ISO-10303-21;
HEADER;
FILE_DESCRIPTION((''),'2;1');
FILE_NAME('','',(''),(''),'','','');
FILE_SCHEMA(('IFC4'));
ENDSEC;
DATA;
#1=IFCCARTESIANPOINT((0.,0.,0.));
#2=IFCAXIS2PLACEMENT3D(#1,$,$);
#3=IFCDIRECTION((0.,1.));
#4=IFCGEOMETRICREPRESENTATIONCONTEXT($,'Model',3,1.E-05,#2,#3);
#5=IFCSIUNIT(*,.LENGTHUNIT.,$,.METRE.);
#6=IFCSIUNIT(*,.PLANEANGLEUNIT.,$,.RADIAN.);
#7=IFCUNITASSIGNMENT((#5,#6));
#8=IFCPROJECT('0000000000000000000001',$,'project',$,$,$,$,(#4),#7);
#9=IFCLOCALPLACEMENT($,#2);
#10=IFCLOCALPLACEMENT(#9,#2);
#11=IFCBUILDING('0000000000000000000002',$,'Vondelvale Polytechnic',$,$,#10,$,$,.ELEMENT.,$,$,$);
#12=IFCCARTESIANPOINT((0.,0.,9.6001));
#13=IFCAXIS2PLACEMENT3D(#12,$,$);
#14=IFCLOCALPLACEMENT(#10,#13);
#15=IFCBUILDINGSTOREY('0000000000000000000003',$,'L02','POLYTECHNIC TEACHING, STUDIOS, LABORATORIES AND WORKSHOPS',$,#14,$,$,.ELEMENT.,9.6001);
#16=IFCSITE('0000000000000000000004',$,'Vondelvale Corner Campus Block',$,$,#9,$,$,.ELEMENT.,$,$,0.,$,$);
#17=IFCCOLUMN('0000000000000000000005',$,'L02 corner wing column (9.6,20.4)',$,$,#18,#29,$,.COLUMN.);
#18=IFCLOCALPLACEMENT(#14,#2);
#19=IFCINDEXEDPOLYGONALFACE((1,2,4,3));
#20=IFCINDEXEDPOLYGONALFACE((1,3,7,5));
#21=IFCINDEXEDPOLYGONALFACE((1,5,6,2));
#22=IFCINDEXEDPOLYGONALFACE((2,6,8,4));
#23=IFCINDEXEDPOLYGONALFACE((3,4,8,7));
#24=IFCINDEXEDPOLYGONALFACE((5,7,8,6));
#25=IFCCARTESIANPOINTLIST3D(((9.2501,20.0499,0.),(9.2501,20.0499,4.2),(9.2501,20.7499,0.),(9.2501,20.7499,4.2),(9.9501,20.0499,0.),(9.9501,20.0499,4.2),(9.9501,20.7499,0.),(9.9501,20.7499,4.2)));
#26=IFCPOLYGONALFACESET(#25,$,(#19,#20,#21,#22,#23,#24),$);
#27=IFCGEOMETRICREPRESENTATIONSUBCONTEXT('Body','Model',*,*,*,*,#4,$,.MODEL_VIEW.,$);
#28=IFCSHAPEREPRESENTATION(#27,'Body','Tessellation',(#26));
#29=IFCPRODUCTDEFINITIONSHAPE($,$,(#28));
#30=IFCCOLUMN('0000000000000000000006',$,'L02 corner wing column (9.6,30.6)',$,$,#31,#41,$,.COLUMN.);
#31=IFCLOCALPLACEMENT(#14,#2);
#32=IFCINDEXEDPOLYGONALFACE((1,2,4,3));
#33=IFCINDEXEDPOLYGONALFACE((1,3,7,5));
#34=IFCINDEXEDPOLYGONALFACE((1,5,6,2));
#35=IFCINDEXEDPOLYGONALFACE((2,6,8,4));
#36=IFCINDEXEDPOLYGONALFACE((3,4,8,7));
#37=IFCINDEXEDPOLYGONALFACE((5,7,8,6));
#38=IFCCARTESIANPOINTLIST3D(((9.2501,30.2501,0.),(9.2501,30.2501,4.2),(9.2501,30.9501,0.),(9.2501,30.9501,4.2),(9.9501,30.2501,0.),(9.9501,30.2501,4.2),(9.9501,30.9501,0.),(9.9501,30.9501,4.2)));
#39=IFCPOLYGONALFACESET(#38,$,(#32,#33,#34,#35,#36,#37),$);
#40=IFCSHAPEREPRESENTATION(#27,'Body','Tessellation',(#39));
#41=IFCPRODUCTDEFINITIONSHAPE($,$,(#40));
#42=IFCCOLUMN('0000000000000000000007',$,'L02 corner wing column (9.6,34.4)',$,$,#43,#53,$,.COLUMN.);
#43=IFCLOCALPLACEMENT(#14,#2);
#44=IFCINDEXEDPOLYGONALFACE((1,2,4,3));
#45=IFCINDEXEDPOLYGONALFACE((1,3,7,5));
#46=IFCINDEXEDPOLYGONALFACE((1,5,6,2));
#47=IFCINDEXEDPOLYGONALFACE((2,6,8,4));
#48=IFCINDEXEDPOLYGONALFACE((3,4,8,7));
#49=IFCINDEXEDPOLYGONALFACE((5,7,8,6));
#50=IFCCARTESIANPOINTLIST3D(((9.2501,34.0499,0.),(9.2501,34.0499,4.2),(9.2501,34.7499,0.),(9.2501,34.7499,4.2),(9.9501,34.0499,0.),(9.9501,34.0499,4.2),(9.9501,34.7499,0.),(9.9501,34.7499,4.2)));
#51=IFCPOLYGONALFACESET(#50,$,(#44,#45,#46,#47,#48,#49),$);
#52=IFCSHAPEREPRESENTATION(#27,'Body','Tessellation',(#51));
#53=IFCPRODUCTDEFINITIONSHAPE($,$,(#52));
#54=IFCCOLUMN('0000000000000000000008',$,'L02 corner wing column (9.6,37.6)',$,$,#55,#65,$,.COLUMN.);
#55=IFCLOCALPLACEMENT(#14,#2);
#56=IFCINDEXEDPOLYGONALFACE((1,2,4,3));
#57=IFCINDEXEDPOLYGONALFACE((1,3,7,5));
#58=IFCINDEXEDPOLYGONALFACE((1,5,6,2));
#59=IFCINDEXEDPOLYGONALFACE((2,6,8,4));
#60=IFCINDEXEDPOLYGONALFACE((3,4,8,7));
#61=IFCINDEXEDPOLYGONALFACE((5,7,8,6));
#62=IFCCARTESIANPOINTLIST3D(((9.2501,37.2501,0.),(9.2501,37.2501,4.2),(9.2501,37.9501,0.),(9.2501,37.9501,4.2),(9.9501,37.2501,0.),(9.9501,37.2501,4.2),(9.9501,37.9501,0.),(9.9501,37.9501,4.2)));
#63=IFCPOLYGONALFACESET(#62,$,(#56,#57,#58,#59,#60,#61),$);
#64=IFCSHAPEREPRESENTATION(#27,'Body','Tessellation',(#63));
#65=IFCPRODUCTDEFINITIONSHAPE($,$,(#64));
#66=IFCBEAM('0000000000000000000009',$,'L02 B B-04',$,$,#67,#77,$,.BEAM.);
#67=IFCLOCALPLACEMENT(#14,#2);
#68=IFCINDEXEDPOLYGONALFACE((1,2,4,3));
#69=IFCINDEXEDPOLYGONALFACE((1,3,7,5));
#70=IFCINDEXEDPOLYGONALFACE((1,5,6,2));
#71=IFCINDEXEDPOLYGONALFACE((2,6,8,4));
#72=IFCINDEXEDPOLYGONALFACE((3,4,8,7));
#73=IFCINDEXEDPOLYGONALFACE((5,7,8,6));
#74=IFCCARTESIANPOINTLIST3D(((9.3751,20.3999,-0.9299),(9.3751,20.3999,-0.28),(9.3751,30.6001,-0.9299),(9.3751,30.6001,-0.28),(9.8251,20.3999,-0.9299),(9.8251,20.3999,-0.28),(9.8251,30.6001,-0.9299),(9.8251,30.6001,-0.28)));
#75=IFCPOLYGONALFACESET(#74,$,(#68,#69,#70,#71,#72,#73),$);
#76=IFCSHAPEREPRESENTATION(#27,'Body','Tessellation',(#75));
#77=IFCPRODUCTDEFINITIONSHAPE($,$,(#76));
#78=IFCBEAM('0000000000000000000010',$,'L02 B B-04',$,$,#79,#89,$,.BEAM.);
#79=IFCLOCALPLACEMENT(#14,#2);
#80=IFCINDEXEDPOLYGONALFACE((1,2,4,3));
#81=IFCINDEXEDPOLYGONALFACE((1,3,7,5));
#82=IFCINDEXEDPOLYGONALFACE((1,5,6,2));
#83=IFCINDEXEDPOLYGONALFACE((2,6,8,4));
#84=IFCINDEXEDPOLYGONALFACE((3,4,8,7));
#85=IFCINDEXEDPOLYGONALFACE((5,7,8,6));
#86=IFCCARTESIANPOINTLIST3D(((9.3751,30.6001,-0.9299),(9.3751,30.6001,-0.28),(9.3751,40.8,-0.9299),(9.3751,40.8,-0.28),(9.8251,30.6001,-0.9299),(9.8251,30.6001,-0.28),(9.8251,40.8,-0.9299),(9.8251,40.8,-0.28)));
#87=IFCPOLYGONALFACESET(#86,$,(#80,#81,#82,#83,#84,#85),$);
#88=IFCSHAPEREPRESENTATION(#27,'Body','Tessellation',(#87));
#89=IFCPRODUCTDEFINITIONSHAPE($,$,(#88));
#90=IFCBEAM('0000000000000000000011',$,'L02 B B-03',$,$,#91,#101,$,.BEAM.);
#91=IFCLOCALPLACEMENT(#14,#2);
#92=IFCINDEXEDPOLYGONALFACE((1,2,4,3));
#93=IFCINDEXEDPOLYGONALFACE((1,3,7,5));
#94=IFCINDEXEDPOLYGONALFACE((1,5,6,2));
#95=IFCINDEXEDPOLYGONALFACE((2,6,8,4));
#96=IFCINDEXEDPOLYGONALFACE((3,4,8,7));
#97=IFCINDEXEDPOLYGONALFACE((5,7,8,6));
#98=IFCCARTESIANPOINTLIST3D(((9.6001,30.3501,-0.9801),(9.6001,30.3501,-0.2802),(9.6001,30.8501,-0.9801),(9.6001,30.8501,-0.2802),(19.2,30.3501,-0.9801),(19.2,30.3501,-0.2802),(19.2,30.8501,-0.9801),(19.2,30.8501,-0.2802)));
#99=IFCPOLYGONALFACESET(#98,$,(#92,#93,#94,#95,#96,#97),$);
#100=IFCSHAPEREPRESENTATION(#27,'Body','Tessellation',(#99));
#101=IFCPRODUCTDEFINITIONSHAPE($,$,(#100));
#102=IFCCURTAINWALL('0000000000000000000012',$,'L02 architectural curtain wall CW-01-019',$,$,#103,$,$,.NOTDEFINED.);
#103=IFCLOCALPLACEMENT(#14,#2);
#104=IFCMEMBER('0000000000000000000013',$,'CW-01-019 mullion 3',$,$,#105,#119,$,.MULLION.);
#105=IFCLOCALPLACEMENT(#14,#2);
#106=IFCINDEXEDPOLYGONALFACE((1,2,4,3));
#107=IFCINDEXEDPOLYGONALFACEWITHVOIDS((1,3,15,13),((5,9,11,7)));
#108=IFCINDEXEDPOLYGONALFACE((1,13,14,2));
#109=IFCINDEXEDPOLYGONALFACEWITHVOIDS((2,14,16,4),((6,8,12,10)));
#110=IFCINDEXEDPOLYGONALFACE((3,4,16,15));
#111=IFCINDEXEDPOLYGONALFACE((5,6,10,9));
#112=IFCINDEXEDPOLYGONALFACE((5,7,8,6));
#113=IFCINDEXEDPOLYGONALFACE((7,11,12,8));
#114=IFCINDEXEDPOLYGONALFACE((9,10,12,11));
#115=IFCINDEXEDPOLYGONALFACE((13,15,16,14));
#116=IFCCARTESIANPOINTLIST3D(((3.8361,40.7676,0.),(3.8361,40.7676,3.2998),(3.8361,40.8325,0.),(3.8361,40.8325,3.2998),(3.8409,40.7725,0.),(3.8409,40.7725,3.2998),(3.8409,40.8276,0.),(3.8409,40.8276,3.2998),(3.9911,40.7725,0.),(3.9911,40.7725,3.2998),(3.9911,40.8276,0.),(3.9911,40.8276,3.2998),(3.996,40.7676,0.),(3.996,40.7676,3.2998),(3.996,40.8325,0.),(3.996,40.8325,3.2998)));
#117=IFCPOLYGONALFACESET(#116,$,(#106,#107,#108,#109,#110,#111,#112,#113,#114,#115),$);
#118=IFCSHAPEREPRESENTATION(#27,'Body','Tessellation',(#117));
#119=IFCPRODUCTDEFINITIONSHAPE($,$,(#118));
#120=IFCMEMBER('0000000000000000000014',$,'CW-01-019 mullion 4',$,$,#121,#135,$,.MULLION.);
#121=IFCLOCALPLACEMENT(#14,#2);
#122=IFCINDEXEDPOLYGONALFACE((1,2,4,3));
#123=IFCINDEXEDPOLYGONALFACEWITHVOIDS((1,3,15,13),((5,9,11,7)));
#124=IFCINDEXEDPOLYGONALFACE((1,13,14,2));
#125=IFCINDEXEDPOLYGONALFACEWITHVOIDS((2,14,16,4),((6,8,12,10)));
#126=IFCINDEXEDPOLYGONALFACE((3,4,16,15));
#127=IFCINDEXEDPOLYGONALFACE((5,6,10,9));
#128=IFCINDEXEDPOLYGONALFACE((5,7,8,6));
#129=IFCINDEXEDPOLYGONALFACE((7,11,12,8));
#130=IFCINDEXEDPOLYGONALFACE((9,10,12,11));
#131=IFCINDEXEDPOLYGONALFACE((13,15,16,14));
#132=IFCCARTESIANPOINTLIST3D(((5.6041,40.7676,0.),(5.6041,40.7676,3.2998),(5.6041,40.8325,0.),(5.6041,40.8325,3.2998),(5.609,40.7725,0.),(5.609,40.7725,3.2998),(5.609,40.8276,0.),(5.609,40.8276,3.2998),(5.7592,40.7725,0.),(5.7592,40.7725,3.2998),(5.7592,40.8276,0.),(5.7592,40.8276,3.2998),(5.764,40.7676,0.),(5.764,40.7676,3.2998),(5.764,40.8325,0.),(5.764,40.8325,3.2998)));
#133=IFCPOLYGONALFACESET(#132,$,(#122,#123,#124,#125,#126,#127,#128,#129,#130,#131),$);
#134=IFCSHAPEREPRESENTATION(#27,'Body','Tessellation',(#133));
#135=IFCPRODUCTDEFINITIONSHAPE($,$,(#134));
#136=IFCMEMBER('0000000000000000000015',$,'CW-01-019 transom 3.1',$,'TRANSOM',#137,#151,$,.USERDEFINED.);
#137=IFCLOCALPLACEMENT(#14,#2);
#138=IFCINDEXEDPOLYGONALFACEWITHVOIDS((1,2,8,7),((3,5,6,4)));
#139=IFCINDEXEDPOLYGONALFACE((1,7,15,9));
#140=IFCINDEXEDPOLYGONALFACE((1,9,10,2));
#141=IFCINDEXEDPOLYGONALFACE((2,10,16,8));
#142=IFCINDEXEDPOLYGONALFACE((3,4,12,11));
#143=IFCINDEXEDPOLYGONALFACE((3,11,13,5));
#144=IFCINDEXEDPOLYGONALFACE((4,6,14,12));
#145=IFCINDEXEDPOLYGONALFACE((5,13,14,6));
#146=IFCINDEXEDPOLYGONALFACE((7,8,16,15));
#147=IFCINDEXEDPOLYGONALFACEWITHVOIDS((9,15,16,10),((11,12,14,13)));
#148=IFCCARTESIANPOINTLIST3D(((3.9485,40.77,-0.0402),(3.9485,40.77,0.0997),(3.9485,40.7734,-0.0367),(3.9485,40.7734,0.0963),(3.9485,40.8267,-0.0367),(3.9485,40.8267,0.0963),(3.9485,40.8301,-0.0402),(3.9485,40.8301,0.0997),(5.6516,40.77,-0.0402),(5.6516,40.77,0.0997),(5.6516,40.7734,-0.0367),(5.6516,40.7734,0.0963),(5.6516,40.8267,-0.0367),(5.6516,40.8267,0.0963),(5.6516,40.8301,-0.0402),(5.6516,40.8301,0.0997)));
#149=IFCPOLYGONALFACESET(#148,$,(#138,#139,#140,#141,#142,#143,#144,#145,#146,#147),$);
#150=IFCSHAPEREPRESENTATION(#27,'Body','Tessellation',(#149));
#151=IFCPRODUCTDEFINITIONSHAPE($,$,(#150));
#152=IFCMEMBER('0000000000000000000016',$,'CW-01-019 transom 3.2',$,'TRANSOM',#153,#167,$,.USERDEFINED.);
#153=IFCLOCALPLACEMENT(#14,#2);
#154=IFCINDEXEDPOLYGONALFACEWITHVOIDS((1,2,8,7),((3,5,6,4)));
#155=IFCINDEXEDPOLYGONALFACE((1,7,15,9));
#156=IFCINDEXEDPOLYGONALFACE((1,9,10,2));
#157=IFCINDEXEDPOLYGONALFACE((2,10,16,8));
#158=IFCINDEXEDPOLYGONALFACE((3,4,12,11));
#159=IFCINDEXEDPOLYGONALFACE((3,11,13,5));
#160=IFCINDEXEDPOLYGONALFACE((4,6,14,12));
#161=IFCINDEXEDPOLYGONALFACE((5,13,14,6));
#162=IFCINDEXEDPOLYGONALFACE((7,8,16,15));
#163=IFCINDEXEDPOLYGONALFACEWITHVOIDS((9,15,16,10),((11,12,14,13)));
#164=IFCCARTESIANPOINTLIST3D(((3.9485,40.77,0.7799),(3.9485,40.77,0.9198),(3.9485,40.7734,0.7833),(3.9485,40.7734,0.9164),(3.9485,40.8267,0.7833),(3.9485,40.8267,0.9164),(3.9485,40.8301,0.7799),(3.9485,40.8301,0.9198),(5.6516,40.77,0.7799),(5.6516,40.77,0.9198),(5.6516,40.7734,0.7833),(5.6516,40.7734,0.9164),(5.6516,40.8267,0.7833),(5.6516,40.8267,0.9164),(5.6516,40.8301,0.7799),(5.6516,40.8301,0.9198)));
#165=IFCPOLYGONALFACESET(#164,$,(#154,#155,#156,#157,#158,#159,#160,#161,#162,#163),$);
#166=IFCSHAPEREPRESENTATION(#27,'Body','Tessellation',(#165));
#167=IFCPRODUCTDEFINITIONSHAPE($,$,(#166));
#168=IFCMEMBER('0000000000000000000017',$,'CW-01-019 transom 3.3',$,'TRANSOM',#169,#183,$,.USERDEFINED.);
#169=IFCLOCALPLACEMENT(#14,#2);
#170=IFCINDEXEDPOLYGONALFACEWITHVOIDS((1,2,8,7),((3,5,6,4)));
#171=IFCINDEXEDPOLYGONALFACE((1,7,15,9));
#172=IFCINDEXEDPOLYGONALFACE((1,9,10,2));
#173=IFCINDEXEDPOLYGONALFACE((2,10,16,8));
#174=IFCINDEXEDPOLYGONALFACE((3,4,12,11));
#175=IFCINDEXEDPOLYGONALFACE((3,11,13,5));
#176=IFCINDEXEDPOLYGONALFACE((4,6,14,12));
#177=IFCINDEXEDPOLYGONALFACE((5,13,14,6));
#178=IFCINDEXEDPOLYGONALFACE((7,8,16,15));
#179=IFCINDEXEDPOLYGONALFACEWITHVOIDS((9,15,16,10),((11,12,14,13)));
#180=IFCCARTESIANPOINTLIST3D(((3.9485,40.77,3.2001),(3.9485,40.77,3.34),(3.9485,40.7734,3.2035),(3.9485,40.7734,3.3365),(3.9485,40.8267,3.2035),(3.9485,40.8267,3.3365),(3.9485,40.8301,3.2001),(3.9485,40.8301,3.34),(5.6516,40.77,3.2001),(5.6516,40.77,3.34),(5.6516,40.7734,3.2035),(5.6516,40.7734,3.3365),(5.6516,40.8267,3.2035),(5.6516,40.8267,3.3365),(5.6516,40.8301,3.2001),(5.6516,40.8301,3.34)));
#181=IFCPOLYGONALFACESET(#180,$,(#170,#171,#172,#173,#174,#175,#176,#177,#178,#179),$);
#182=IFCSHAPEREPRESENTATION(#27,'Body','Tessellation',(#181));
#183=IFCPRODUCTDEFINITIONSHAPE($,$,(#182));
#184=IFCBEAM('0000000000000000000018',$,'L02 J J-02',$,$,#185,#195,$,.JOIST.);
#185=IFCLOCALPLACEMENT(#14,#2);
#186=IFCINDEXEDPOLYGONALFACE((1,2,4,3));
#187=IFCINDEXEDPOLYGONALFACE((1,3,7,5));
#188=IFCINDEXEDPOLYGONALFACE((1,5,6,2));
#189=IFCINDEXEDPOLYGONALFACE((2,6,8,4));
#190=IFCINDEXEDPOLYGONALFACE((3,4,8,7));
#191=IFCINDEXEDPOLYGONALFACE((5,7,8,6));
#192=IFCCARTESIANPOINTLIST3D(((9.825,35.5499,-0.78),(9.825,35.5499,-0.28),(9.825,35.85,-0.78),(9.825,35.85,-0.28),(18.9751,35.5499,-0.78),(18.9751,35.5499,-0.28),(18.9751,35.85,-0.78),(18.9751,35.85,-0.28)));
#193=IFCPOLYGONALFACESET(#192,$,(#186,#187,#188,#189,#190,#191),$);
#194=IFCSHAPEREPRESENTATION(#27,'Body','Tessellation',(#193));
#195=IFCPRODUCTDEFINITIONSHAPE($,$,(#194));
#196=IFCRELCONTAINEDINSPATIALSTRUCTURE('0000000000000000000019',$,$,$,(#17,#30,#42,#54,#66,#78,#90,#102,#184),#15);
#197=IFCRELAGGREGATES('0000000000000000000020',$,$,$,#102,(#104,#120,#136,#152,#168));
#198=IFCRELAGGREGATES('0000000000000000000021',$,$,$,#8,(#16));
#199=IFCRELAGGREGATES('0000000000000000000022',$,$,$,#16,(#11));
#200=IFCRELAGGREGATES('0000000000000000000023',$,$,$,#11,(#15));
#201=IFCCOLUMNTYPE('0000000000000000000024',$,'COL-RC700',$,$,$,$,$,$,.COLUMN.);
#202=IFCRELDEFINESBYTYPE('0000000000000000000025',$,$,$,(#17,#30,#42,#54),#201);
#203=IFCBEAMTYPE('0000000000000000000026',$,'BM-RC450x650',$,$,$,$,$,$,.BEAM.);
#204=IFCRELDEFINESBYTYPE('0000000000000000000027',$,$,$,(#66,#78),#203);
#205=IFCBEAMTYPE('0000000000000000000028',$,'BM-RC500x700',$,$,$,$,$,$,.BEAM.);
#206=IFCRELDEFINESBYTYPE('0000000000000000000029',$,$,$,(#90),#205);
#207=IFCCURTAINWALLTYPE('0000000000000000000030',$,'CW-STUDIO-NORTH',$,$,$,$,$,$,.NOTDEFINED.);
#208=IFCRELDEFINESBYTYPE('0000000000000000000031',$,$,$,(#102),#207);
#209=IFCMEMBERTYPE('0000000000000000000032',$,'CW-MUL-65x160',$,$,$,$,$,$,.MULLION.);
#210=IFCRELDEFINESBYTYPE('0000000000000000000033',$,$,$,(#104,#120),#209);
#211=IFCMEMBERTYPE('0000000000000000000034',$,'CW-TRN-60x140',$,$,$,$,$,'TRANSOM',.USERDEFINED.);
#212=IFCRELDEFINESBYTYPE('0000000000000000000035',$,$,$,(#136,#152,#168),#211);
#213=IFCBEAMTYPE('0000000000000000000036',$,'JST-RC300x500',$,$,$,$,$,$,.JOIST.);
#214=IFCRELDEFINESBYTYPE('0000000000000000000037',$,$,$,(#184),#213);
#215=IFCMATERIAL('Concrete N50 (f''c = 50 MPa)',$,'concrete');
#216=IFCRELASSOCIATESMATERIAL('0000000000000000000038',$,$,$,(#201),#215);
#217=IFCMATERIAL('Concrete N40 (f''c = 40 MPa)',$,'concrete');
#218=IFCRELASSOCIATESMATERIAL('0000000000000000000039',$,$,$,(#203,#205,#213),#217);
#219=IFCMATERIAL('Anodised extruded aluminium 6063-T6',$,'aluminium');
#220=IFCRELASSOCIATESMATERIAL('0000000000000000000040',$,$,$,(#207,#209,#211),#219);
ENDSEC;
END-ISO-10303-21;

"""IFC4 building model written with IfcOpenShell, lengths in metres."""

from ifc_helpers import new_model, si_unit, direction, frame, origin, origin_2d, place, context, subcontext, project, spatial, rectangle, hollow_rectangle, extrude, material, material_profile, profile_set, type_object, element, aggregate, save


model = new_model("IFC4")

# Units and contexts
model_context = context("Model", 3, precision=1e-05, world=origin(), true_north=direction((0.0, 1.0)))
body_context = subcontext(model_context, "Body", "Model", "MODEL_VIEW")
ifc_project = project(units=[si_unit("LENGTHUNIT", "METRE"), si_unit("PLANEANGLEUNIT", "RADIAN")], contexts=[model_context])

# Site, building, storey
site_placement = place(None, origin())
site = spatial("IfcSite", under=ifc_project, at=site_placement, Name="Vondelvale Corner Campus Block", CompositionType="ELEMENT", RefElevation=0.0)
building_placement = place(site_placement, origin())
building = spatial("IfcBuilding", under=site, at=building_placement, Name="Vondelvale Polytechnic", CompositionType="ELEMENT")
storey_placement = place(building_placement, frame((0.0, 0.0, 9.6001)))
storey = spatial("IfcBuildingStorey", under=building, at=storey_placement, Name="L02", Description="POLYTECHNIC TEACHING, STUDIOS, LABORATORIES AND WORKSHOPS", CompositionType="ELEMENT", Elevation=9.6001)

# Columns
ifc_material_1 = material(Name="Concrete N50 (f'c = 50 MPa)", Category="concrete")
ifc_material_profile_1 = material_profile(ifc_material_1, rectangle(XDim=0.7, YDim=0.7, at=origin_2d()), Name="RC-COL-700x700")
ifc_profile_set_1 = profile_set([ifc_material_profile_1], Name="Concrete N50 (f'c = 50 MPa)")
column_type = type_object("IfcColumnType", Name="COL-RC700", PredefinedType="COLUMN", material=ifc_profile_set_1)
for number, where, z_axis, x_axis, name in (
    (1, (9.6001, 20.3999, 0.0), (0.0, 0.0, 1.0), (1.0, 0.0, 0.0), "L02 corner wing column (9.6,20.4)"),
    (2, (9.6001, 30.6001, 0.0), (0.0, 0.0, 1.0), (1.0, 0.0, 0.0), "L02 corner wing column (9.6,30.6)"),
    (3, (9.6001, 34.3999, 0.0), (0.0, 0.0, 1.0), (1.0, 0.0, 0.0), "L02 corner wing column (9.6,34.4)"),
    (4, (9.6001, 37.6001, 0.0), (0.0, 0.0, 1.0), (1.0, 0.0, 0.0), "L02 corner wing column (9.6,37.6)"),
):
    element("IfcColumn", number, at=place(storey_placement, frame(where, z_axis=z_axis, x_axis=x_axis)), inside=storey, type_object=column_type, Name=name, PredefinedType="COLUMN", context=body_context, shape_type="SweptSolid", body=[
        extrude(rectangle(XDim=0.7, YDim=0.7, at=origin_2d()), origin(), (0.0, 0.0, 1.0), 4.2),
    ])

# Beams
ifc_material_2 = material(Name="Concrete N40 (f'c = 40 MPa)", Category="concrete")
ifc_material_profile_2 = material_profile(ifc_material_2, rectangle(XDim=0.45, YDim=0.6499, at=origin_2d()), Name="RC-BM-450x650")
ifc_profile_set_2 = profile_set([ifc_material_profile_2], Name="Concrete N40 (f'c = 40 MPa)")
beam_type_1 = type_object("IfcBeamType", Name="BM-RC450x650", PredefinedType="BEAM", material=ifc_profile_set_2)
beam_1_placement = place(storey_placement, frame((9.6001, 20.3999, -0.605), z_axis=(0.0, 1.0, 0.0), x_axis=(-1.0, 0.0, 0.0)))
element("IfcBeam", 5, at=beam_1_placement, inside=storey, type_object=beam_type_1, Name="L02 B B-04", PredefinedType="BEAM", context=body_context, shape_type="SweptSolid", body=[
    extrude(rectangle(XDim=0.45, YDim=0.6499, at=origin_2d()), origin(), (0.0, 0.0, 1.0), 10.2002),
])
beam_2_placement = place(storey_placement, frame((9.6001, 30.6001, -0.605), z_axis=(0.0, 1.0, 0.0), x_axis=(-1.0, 0.0, 0.0)))
element("IfcBeam", 6, at=beam_2_placement, inside=storey, type_object=beam_type_1, Name="L02 B B-04", PredefinedType="BEAM", context=body_context, shape_type="SweptSolid", body=[
    extrude(rectangle(XDim=0.45, YDim=0.6499, at=origin_2d()), origin(), (0.0, 0.0, 1.0), 10.2),
])
ifc_material_profile_3 = material_profile(ifc_material_2, rectangle(XDim=0.5, YDim=0.7, at=origin_2d()), Name="RC-BM-500x700")
ifc_profile_set_3 = profile_set([ifc_material_profile_3], Name="Concrete N40 (f'c = 40 MPa)")
beam_type_2 = type_object("IfcBeamType", Name="BM-RC500x700", PredefinedType="BEAM", material=ifc_profile_set_3)
beam_3_placement = place(storey_placement, frame((9.6001, 30.6001, -0.6301), z_axis=(1.0, 0.0, 0.0), x_axis=(0.0, 1.0, 0.0)))
element("IfcBeam", 7, at=beam_3_placement, inside=storey, type_object=beam_type_2, Name="L02 B B-03", PredefinedType="BEAM", context=body_context, shape_type="SweptSolid", body=[
    extrude(rectangle(XDim=0.5, YDim=0.7, at=origin_2d()), origin(), (0.0, 0.0, 1.0), 9.5999),
])

# Curtain wall, members
ifc_material_3 = material(Name="Anodised extruded aluminium 6063-T6", Category="aluminium")
curtain_wall_type = type_object("IfcCurtainWallType", Name="CW-STUDIO-NORTH", PredefinedType="NOTDEFINED", material=ifc_material_3)
curtain_wall_placement = place(storey_placement, origin())
curtain_wall = element("IfcCurtainWall", 8, at=curtain_wall_placement, inside=storey, type_object=curtain_wall_type, Name="L02 architectural curtain wall CW-01-019", PredefinedType="NOTDEFINED")
ifc_material_profile_4 = material_profile(ifc_material_3, hollow_rectangle(XDim=0.0649, YDim=0.1599, WallThickness=0.0049, at=origin_2d()), Name="CW-MUL-160x65")
ifc_profile_set_4 = profile_set([ifc_material_profile_4], Name="Anodised extruded aluminium 6063-T6")
member_type_1 = type_object("IfcMemberType", Name="CW-MUL-65x160", PredefinedType="MULLION", material=ifc_profile_set_4)
member_1_placement = place(storey_placement, frame((3.916, 40.8, 0.0), z_axis=(0.0, 0.0, 1.0), x_axis=(0.0, 1.0, 0.0)))
member_1 = element("IfcMember", 9, at=member_1_placement, type_object=member_type_1, Name="CW-01-019 mullion 3", PredefinedType="MULLION", context=body_context, shape_type="SweptSolid", body=[
    extrude(hollow_rectangle(XDim=0.0649, YDim=0.1599, WallThickness=0.0049, at=origin_2d()), origin(), (0.0, 0.0, 1.0), 3.2998),
])
member_2_placement = place(storey_placement, frame((5.6841, 40.8, 0.0), z_axis=(0.0, 0.0, 1.0), x_axis=(0.0, 1.0, 0.0)))
member_2 = element("IfcMember", 10, at=member_2_placement, type_object=member_type_1, Name="CW-01-019 mullion 4", PredefinedType="MULLION", context=body_context, shape_type="SweptSolid", body=[
    extrude(hollow_rectangle(XDim=0.0649, YDim=0.1599, WallThickness=0.0049, at=origin_2d()), origin(), (0.0, 0.0, 1.0), 3.2998),
])
ifc_material_profile_5 = material_profile(ifc_material_3, hollow_rectangle(XDim=0.0601, YDim=0.1399, WallThickness=0.0034, at=origin_2d()), Name="CW-TRN-140x60")
ifc_profile_set_5 = profile_set([ifc_material_profile_5], Name="Anodised extruded aluminium 6063-T6")
member_type_2 = type_object("IfcMemberType", Name="CW-TRN-60x140", ElementType="TRANSOM", PredefinedType="USERDEFINED", material=ifc_profile_set_5)
member_3_placement = place(storey_placement, frame((3.9485, 40.8, 0.0298), z_axis=(1.0, 0.0, 0.0), x_axis=(0.0, 1.0, 0.0)))
member_3 = element("IfcMember", 11, at=member_3_placement, type_object=member_type_2, Name="CW-01-019 transom 3.1", ObjectType="TRANSOM", PredefinedType="USERDEFINED", context=body_context, shape_type="SweptSolid", body=[
    extrude(hollow_rectangle(XDim=0.0601, YDim=0.1399, WallThickness=0.0034, at=origin_2d()), origin(), (0.0, 0.0, 1.0), 1.7031),
])
member_4_placement = place(storey_placement, frame((3.9485, 40.8, 0.8499), z_axis=(1.0, 0.0, 0.0), x_axis=(0.0, 1.0, 0.0)))
member_4 = element("IfcMember", 12, at=member_4_placement, type_object=member_type_2, Name="CW-01-019 transom 3.2", ObjectType="TRANSOM", PredefinedType="USERDEFINED", context=body_context, shape_type="SweptSolid", body=[
    extrude(hollow_rectangle(XDim=0.0601, YDim=0.1399, WallThickness=0.0034, at=origin_2d()), origin(), (0.0, 0.0, 1.0), 1.7031),
])
member_5_placement = place(storey_placement, frame((3.9485, 40.8, 3.27), z_axis=(1.0, 0.0, 0.0), x_axis=(0.0, 1.0, 0.0)))
member_5 = element("IfcMember", 13, at=member_5_placement, type_object=member_type_2, Name="CW-01-019 transom 3.3", ObjectType="TRANSOM", PredefinedType="USERDEFINED", context=body_context, shape_type="SweptSolid", body=[
    extrude(hollow_rectangle(XDim=0.0601, YDim=0.1399, WallThickness=0.0034, at=origin_2d()), origin(), (0.0, 0.0, 1.0), 1.7031),
])

# Beam
ifc_material_profile_6 = material_profile(ifc_material_2, rectangle(XDim=0.3, YDim=0.5, at=origin_2d()), Name="RC-JST-300x500")
ifc_profile_set_6 = profile_set([ifc_material_profile_6], Name="Concrete N40 (f'c = 40 MPa)")
beam_type_3 = type_object("IfcBeamType", Name="JST-RC300x500", PredefinedType="JOIST", material=ifc_profile_set_6)
beam_4_placement = place(storey_placement, frame((9.825, 35.7, -0.53), z_axis=(1.0, 0.0, 0.0), x_axis=(0.0, 1.0, 0.0)))
element("IfcBeam", 14, at=beam_4_placement, inside=storey, type_object=beam_type_3, Name="L02 J J-02", PredefinedType="JOIST", context=body_context, shape_type="SweptSolid", body=[
    extrude(rectangle(XDim=0.3, YDim=0.5, at=origin_2d()), origin(), (0.0, 0.0, 1.0), 9.1501),
])

aggregate(curtain_wall, [member_1, member_2, member_3, member_4, member_5])

save(model, "model.ifc")
